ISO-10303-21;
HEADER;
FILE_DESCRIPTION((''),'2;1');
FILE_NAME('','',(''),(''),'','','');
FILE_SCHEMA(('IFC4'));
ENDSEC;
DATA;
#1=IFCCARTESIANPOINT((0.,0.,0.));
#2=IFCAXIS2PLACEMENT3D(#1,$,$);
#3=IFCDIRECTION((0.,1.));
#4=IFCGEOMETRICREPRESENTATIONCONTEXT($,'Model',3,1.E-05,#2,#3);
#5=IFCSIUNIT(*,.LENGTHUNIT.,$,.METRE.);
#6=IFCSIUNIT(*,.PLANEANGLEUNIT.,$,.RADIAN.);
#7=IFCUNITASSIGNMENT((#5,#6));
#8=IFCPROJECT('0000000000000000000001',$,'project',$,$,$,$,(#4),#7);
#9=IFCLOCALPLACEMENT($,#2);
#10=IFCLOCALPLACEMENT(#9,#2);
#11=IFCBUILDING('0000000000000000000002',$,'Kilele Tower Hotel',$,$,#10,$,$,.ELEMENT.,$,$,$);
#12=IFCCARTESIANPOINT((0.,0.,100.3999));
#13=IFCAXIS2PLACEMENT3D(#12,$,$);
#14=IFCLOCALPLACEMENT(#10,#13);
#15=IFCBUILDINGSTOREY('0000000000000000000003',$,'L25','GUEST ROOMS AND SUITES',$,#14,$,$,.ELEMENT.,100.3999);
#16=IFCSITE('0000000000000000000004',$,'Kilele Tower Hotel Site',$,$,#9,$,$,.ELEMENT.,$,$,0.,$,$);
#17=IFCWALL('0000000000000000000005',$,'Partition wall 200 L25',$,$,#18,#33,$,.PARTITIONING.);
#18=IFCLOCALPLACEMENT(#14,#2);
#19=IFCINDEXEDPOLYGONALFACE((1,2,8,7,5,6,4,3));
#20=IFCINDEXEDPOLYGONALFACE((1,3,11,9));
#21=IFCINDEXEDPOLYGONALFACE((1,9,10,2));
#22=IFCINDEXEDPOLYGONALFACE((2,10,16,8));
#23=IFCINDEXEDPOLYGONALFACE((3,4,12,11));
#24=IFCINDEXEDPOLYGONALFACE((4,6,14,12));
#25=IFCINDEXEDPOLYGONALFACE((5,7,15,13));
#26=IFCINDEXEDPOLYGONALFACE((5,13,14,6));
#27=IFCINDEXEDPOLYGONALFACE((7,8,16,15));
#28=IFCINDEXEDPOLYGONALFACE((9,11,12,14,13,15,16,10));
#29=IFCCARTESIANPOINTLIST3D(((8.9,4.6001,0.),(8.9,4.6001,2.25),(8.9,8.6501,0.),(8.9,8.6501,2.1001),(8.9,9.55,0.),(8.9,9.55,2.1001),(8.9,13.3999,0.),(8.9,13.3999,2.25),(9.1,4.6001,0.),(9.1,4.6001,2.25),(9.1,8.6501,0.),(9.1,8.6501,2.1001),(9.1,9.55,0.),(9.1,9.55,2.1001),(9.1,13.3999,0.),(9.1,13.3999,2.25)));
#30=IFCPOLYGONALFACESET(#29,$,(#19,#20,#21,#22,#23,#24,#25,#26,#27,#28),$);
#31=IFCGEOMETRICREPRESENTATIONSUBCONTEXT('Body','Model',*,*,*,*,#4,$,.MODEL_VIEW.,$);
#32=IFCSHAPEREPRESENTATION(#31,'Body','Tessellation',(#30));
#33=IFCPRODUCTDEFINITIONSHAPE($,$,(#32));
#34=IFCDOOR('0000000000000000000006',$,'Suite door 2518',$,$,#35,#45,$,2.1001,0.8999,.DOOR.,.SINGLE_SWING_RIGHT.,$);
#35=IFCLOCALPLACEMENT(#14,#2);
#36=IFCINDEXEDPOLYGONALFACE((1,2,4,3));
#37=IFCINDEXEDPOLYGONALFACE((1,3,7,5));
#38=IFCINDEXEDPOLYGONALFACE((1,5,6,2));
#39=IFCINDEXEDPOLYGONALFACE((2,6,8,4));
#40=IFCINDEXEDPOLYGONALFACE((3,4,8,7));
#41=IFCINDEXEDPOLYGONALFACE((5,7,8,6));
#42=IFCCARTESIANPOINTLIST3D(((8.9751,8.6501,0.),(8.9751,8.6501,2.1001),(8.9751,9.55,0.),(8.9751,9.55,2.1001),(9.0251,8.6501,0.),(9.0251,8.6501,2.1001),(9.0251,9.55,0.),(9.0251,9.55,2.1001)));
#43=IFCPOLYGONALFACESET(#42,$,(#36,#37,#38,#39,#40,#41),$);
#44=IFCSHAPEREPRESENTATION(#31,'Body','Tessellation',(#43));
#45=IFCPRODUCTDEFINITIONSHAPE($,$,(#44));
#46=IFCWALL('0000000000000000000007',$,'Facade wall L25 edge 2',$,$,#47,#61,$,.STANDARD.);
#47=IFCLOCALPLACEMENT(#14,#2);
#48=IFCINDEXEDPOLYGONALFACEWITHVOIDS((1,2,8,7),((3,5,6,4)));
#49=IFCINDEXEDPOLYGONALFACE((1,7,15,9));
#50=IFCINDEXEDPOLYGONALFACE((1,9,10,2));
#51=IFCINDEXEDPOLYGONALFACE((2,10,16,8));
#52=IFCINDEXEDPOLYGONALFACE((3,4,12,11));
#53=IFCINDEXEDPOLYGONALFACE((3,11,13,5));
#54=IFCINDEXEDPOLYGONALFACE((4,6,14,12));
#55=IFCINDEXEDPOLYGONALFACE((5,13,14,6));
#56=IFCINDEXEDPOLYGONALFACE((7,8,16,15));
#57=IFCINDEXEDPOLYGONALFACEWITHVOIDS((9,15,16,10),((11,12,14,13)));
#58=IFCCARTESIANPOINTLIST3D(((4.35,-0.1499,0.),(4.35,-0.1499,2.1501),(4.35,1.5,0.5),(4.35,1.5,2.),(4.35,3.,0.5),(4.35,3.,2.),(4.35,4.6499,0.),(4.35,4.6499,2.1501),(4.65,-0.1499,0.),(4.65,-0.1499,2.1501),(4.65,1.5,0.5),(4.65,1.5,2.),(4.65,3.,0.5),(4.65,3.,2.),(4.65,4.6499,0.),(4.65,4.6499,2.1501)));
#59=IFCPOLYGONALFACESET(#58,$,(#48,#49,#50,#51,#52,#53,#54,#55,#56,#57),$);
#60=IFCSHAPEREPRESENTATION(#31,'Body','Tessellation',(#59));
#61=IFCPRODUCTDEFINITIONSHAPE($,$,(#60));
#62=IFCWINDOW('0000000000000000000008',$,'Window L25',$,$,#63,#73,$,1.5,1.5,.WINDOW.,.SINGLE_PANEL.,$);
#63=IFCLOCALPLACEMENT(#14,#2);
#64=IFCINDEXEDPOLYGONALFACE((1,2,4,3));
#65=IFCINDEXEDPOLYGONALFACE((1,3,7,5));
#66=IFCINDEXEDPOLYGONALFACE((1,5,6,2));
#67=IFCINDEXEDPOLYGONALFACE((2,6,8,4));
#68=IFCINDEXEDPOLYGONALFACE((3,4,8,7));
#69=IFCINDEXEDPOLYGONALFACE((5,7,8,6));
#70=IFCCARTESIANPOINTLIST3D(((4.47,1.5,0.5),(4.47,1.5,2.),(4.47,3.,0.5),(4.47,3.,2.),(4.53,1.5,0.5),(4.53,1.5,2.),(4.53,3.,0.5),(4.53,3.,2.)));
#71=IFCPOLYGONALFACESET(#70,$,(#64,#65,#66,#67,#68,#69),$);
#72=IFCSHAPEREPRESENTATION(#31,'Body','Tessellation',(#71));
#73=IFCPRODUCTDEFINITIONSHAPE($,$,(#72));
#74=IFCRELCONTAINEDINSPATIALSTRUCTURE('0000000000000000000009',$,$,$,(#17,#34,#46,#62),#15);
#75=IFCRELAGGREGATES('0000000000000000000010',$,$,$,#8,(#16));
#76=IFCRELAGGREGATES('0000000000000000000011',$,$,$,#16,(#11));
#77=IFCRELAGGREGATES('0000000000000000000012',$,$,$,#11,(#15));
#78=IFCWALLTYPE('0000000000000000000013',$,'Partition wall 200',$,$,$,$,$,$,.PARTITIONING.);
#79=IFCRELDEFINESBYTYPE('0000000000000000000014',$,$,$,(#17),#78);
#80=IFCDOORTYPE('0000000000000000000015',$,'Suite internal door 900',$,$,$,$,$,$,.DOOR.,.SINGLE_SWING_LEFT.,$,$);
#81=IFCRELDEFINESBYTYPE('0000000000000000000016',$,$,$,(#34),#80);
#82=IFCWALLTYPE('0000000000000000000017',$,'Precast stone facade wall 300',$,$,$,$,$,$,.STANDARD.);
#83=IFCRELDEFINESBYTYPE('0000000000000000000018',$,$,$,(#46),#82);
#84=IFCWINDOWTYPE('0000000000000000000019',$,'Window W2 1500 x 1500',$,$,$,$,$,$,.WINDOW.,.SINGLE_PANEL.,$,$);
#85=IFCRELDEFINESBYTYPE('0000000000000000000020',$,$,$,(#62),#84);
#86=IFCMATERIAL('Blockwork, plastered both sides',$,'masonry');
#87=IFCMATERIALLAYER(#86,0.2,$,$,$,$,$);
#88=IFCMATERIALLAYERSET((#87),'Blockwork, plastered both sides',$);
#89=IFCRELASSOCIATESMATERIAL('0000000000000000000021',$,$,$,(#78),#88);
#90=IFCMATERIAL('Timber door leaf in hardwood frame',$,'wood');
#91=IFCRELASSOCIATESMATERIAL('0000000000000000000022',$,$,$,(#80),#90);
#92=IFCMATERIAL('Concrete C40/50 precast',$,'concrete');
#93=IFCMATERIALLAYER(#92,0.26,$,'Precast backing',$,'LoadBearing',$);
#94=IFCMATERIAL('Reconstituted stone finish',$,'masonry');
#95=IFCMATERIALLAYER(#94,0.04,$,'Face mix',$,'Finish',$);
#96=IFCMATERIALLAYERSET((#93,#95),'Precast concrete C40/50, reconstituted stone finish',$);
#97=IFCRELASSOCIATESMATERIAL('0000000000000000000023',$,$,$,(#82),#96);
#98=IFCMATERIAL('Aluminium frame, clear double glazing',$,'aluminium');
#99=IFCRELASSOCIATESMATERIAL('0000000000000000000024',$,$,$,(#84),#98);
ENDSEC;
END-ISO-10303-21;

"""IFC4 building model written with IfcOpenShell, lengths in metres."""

from ifc_helpers import new_model, si_unit, direction, frame, frame_2d, origin, place, context, subcontext, project, spatial, rectangle, extrude, material, layer, layer_set, type_object, element, fill, save


model = new_model("IFC4")

# Units and contexts
model_context = context("Model", 3, precision=1e-05, world=origin(), true_north=direction((0.0, 1.0)))
body_context = subcontext(model_context, "Body", "Model", "MODEL_VIEW")
ifc_project = project(units=[si_unit("LENGTHUNIT", "METRE"), si_unit("PLANEANGLEUNIT", "RADIAN")], contexts=[model_context])

# Site, building, storey
site_placement = place(None, origin())
site = spatial("IfcSite", under=ifc_project, at=site_placement, Name="Kilele Tower Hotel Site", CompositionType="ELEMENT", RefElevation=0.0)
building_placement = place(site_placement, origin())
building = spatial("IfcBuilding", under=site, at=building_placement, Name="Kilele Tower Hotel", CompositionType="ELEMENT")
storey_placement = place(building_placement, frame((0.0, 0.0, 100.3999)))
storey = spatial("IfcBuildingStorey", under=building, at=storey_placement, Name="L25", Description="GUEST ROOMS AND SUITES", CompositionType="ELEMENT", Elevation=100.3999)

# Wall, opening, door
ifc_material_1 = material(Name="Blockwork, plastered both sides", Category="masonry")
ifc_layer_1 = layer(ifc_material_1, 0.2)
ifc_layer_set_1 = layer_set([ifc_layer_1], Name="Blockwork, plastered both sides")
wall_type_1 = type_object("IfcWallType", Name="Partition wall 200", PredefinedType="PARTITIONING", material=ifc_layer_set_1)
wall_1_placement = place(storey_placement, frame((9.0, 4.6001, 0.0), z_axis=(0.0, 0.0, 1.0), x_axis=(0.0, 1.0, 0.0)))
wall_1 = element("IfcWall", 1, at=wall_1_placement, inside=storey, type_object=wall_type_1, Name="Partition wall 200 L25", PredefinedType="PARTITIONING", context=body_context, shape_type="SweptSolid", body=[
    extrude(rectangle(XDim=8.7998, YDim=0.2, at=frame_2d((4.3999, 0.0))), origin(), (0.0, 0.0, 1.0), 2.25),
])
opening_1_placement = place(wall_1_placement, frame((4.05, 0.0, 0.0)))
opening_1 = element("IfcOpeningElement", 2, at=opening_1_placement, cuts=wall_1, PredefinedType="OPENING", context=body_context, shape_type="SweptSolid", body=[
    extrude(rectangle(XDim=0.8999, YDim=2.1001, at=frame_2d((0.45, 1.05))), frame((0.0, 0.1099, 0.0), z_axis=(0.0, -1.0, 0.0), x_axis=(1.0, 0.0, 0.0)), (0.0, 0.0, 1.0), 0.22),
])
ifc_material_2 = material(Name="Timber door leaf in hardwood frame", Category="wood")
door_type_1 = type_object("IfcDoorType", Name="Suite internal door 900", OperationType="SINGLE_SWING_LEFT", PredefinedType="DOOR", material=ifc_material_2)
door_1_placement = place(opening_1_placement, origin())
door_1 = element("IfcDoor", 3, at=door_1_placement, inside=storey, type_object=door_type_1, Name="Suite door 2518", OperationType="SINGLE_SWING_RIGHT", OverallHeight=2.1001, OverallWidth=0.8999, PredefinedType="DOOR", context=body_context, shape_type="SweptSolid", body=[
    extrude(rectangle(XDim=0.8999, YDim=2.1001, at=frame_2d((0.45, 1.05))), frame((0.0, 0.0249, 0.0), z_axis=(0.0, -1.0, 0.0), x_axis=(1.0, 0.0, 0.0)), (0.0, 0.0, 1.0), 0.05),
])
fill(opening_1, door_1)

# Wall, opening, window
ifc_material_3 = material(Name="Concrete C40/50 precast", Category="concrete")
ifc_layer_2 = layer(ifc_material_3, 0.26, Name="Precast backing", Category="LoadBearing")
ifc_material_4 = material(Name="Reconstituted stone finish", Category="masonry")
ifc_layer_3 = layer(ifc_material_4, 0.04, Name="Face mix", Category="Finish")
ifc_layer_set_2 = layer_set([ifc_layer_2, ifc_layer_3], Name="Precast concrete C40/50, reconstituted stone finish")
wall_type_2 = type_object("IfcWallType", Name="Precast stone facade wall 300", PredefinedType="STANDARD", material=ifc_layer_set_2)
wall_2_placement = place(storey_placement, frame((4.5, 4.6499, 0.0), z_axis=(0.0, 0.0, 1.0), x_axis=(0.0, -1.0, 0.0)))
wall_2 = element("IfcWall", 4, at=wall_2_placement, inside=storey, type_object=wall_type_2, Name="Facade wall L25 edge 2", PredefinedType="STANDARD", context=body_context, shape_type="SweptSolid", body=[
    extrude(rectangle(XDim=4.7998, YDim=0.3, at=frame_2d((2.3999, 0.0))), origin(), (0.0, 0.0, 1.0), 2.1501),
])
opening_2_placement = place(wall_2_placement, frame((1.6499, 0.0, 0.5)))
opening_2 = element("IfcOpeningElement", 5, at=opening_2_placement, cuts=wall_2, PredefinedType="OPENING", context=body_context, shape_type="SweptSolid", body=[
    extrude(rectangle(XDim=1.5, YDim=1.5, at=frame_2d((0.75, 0.75))), frame((0.0, 0.1599, 0.0), z_axis=(0.0, -1.0, 0.0), x_axis=(1.0, 0.0, 0.0)), (0.0, 0.0, 1.0), 0.3201),
])
ifc_material_5 = material(Name="Aluminium frame, clear double glazing", Category="aluminium")
window_type = type_object("IfcWindowType", Name="Window W2 1500 x 1500", PartitioningType="SINGLE_PANEL", PredefinedType="WINDOW", material=ifc_material_5)
window_placement = place(opening_2_placement, origin())
window = element("IfcWindow", 6, at=window_placement, inside=storey, type_object=window_type, Name="Window L25", OverallHeight=1.5, OverallWidth=1.5, PartitioningType="SINGLE_PANEL", PredefinedType="WINDOW", context=body_context, shape_type="SweptSolid", body=[
    extrude(rectangle(XDim=1.5, YDim=1.5, at=frame_2d((0.75, 0.75))), frame((0.0, 0.03, 0.0), z_axis=(0.0, -1.0, 0.0), x_axis=(1.0, 0.0, 0.0)), (0.0, 0.0, 1.0), 0.0601),
])
fill(opening_2, window)

save(model, "model.ifc")
